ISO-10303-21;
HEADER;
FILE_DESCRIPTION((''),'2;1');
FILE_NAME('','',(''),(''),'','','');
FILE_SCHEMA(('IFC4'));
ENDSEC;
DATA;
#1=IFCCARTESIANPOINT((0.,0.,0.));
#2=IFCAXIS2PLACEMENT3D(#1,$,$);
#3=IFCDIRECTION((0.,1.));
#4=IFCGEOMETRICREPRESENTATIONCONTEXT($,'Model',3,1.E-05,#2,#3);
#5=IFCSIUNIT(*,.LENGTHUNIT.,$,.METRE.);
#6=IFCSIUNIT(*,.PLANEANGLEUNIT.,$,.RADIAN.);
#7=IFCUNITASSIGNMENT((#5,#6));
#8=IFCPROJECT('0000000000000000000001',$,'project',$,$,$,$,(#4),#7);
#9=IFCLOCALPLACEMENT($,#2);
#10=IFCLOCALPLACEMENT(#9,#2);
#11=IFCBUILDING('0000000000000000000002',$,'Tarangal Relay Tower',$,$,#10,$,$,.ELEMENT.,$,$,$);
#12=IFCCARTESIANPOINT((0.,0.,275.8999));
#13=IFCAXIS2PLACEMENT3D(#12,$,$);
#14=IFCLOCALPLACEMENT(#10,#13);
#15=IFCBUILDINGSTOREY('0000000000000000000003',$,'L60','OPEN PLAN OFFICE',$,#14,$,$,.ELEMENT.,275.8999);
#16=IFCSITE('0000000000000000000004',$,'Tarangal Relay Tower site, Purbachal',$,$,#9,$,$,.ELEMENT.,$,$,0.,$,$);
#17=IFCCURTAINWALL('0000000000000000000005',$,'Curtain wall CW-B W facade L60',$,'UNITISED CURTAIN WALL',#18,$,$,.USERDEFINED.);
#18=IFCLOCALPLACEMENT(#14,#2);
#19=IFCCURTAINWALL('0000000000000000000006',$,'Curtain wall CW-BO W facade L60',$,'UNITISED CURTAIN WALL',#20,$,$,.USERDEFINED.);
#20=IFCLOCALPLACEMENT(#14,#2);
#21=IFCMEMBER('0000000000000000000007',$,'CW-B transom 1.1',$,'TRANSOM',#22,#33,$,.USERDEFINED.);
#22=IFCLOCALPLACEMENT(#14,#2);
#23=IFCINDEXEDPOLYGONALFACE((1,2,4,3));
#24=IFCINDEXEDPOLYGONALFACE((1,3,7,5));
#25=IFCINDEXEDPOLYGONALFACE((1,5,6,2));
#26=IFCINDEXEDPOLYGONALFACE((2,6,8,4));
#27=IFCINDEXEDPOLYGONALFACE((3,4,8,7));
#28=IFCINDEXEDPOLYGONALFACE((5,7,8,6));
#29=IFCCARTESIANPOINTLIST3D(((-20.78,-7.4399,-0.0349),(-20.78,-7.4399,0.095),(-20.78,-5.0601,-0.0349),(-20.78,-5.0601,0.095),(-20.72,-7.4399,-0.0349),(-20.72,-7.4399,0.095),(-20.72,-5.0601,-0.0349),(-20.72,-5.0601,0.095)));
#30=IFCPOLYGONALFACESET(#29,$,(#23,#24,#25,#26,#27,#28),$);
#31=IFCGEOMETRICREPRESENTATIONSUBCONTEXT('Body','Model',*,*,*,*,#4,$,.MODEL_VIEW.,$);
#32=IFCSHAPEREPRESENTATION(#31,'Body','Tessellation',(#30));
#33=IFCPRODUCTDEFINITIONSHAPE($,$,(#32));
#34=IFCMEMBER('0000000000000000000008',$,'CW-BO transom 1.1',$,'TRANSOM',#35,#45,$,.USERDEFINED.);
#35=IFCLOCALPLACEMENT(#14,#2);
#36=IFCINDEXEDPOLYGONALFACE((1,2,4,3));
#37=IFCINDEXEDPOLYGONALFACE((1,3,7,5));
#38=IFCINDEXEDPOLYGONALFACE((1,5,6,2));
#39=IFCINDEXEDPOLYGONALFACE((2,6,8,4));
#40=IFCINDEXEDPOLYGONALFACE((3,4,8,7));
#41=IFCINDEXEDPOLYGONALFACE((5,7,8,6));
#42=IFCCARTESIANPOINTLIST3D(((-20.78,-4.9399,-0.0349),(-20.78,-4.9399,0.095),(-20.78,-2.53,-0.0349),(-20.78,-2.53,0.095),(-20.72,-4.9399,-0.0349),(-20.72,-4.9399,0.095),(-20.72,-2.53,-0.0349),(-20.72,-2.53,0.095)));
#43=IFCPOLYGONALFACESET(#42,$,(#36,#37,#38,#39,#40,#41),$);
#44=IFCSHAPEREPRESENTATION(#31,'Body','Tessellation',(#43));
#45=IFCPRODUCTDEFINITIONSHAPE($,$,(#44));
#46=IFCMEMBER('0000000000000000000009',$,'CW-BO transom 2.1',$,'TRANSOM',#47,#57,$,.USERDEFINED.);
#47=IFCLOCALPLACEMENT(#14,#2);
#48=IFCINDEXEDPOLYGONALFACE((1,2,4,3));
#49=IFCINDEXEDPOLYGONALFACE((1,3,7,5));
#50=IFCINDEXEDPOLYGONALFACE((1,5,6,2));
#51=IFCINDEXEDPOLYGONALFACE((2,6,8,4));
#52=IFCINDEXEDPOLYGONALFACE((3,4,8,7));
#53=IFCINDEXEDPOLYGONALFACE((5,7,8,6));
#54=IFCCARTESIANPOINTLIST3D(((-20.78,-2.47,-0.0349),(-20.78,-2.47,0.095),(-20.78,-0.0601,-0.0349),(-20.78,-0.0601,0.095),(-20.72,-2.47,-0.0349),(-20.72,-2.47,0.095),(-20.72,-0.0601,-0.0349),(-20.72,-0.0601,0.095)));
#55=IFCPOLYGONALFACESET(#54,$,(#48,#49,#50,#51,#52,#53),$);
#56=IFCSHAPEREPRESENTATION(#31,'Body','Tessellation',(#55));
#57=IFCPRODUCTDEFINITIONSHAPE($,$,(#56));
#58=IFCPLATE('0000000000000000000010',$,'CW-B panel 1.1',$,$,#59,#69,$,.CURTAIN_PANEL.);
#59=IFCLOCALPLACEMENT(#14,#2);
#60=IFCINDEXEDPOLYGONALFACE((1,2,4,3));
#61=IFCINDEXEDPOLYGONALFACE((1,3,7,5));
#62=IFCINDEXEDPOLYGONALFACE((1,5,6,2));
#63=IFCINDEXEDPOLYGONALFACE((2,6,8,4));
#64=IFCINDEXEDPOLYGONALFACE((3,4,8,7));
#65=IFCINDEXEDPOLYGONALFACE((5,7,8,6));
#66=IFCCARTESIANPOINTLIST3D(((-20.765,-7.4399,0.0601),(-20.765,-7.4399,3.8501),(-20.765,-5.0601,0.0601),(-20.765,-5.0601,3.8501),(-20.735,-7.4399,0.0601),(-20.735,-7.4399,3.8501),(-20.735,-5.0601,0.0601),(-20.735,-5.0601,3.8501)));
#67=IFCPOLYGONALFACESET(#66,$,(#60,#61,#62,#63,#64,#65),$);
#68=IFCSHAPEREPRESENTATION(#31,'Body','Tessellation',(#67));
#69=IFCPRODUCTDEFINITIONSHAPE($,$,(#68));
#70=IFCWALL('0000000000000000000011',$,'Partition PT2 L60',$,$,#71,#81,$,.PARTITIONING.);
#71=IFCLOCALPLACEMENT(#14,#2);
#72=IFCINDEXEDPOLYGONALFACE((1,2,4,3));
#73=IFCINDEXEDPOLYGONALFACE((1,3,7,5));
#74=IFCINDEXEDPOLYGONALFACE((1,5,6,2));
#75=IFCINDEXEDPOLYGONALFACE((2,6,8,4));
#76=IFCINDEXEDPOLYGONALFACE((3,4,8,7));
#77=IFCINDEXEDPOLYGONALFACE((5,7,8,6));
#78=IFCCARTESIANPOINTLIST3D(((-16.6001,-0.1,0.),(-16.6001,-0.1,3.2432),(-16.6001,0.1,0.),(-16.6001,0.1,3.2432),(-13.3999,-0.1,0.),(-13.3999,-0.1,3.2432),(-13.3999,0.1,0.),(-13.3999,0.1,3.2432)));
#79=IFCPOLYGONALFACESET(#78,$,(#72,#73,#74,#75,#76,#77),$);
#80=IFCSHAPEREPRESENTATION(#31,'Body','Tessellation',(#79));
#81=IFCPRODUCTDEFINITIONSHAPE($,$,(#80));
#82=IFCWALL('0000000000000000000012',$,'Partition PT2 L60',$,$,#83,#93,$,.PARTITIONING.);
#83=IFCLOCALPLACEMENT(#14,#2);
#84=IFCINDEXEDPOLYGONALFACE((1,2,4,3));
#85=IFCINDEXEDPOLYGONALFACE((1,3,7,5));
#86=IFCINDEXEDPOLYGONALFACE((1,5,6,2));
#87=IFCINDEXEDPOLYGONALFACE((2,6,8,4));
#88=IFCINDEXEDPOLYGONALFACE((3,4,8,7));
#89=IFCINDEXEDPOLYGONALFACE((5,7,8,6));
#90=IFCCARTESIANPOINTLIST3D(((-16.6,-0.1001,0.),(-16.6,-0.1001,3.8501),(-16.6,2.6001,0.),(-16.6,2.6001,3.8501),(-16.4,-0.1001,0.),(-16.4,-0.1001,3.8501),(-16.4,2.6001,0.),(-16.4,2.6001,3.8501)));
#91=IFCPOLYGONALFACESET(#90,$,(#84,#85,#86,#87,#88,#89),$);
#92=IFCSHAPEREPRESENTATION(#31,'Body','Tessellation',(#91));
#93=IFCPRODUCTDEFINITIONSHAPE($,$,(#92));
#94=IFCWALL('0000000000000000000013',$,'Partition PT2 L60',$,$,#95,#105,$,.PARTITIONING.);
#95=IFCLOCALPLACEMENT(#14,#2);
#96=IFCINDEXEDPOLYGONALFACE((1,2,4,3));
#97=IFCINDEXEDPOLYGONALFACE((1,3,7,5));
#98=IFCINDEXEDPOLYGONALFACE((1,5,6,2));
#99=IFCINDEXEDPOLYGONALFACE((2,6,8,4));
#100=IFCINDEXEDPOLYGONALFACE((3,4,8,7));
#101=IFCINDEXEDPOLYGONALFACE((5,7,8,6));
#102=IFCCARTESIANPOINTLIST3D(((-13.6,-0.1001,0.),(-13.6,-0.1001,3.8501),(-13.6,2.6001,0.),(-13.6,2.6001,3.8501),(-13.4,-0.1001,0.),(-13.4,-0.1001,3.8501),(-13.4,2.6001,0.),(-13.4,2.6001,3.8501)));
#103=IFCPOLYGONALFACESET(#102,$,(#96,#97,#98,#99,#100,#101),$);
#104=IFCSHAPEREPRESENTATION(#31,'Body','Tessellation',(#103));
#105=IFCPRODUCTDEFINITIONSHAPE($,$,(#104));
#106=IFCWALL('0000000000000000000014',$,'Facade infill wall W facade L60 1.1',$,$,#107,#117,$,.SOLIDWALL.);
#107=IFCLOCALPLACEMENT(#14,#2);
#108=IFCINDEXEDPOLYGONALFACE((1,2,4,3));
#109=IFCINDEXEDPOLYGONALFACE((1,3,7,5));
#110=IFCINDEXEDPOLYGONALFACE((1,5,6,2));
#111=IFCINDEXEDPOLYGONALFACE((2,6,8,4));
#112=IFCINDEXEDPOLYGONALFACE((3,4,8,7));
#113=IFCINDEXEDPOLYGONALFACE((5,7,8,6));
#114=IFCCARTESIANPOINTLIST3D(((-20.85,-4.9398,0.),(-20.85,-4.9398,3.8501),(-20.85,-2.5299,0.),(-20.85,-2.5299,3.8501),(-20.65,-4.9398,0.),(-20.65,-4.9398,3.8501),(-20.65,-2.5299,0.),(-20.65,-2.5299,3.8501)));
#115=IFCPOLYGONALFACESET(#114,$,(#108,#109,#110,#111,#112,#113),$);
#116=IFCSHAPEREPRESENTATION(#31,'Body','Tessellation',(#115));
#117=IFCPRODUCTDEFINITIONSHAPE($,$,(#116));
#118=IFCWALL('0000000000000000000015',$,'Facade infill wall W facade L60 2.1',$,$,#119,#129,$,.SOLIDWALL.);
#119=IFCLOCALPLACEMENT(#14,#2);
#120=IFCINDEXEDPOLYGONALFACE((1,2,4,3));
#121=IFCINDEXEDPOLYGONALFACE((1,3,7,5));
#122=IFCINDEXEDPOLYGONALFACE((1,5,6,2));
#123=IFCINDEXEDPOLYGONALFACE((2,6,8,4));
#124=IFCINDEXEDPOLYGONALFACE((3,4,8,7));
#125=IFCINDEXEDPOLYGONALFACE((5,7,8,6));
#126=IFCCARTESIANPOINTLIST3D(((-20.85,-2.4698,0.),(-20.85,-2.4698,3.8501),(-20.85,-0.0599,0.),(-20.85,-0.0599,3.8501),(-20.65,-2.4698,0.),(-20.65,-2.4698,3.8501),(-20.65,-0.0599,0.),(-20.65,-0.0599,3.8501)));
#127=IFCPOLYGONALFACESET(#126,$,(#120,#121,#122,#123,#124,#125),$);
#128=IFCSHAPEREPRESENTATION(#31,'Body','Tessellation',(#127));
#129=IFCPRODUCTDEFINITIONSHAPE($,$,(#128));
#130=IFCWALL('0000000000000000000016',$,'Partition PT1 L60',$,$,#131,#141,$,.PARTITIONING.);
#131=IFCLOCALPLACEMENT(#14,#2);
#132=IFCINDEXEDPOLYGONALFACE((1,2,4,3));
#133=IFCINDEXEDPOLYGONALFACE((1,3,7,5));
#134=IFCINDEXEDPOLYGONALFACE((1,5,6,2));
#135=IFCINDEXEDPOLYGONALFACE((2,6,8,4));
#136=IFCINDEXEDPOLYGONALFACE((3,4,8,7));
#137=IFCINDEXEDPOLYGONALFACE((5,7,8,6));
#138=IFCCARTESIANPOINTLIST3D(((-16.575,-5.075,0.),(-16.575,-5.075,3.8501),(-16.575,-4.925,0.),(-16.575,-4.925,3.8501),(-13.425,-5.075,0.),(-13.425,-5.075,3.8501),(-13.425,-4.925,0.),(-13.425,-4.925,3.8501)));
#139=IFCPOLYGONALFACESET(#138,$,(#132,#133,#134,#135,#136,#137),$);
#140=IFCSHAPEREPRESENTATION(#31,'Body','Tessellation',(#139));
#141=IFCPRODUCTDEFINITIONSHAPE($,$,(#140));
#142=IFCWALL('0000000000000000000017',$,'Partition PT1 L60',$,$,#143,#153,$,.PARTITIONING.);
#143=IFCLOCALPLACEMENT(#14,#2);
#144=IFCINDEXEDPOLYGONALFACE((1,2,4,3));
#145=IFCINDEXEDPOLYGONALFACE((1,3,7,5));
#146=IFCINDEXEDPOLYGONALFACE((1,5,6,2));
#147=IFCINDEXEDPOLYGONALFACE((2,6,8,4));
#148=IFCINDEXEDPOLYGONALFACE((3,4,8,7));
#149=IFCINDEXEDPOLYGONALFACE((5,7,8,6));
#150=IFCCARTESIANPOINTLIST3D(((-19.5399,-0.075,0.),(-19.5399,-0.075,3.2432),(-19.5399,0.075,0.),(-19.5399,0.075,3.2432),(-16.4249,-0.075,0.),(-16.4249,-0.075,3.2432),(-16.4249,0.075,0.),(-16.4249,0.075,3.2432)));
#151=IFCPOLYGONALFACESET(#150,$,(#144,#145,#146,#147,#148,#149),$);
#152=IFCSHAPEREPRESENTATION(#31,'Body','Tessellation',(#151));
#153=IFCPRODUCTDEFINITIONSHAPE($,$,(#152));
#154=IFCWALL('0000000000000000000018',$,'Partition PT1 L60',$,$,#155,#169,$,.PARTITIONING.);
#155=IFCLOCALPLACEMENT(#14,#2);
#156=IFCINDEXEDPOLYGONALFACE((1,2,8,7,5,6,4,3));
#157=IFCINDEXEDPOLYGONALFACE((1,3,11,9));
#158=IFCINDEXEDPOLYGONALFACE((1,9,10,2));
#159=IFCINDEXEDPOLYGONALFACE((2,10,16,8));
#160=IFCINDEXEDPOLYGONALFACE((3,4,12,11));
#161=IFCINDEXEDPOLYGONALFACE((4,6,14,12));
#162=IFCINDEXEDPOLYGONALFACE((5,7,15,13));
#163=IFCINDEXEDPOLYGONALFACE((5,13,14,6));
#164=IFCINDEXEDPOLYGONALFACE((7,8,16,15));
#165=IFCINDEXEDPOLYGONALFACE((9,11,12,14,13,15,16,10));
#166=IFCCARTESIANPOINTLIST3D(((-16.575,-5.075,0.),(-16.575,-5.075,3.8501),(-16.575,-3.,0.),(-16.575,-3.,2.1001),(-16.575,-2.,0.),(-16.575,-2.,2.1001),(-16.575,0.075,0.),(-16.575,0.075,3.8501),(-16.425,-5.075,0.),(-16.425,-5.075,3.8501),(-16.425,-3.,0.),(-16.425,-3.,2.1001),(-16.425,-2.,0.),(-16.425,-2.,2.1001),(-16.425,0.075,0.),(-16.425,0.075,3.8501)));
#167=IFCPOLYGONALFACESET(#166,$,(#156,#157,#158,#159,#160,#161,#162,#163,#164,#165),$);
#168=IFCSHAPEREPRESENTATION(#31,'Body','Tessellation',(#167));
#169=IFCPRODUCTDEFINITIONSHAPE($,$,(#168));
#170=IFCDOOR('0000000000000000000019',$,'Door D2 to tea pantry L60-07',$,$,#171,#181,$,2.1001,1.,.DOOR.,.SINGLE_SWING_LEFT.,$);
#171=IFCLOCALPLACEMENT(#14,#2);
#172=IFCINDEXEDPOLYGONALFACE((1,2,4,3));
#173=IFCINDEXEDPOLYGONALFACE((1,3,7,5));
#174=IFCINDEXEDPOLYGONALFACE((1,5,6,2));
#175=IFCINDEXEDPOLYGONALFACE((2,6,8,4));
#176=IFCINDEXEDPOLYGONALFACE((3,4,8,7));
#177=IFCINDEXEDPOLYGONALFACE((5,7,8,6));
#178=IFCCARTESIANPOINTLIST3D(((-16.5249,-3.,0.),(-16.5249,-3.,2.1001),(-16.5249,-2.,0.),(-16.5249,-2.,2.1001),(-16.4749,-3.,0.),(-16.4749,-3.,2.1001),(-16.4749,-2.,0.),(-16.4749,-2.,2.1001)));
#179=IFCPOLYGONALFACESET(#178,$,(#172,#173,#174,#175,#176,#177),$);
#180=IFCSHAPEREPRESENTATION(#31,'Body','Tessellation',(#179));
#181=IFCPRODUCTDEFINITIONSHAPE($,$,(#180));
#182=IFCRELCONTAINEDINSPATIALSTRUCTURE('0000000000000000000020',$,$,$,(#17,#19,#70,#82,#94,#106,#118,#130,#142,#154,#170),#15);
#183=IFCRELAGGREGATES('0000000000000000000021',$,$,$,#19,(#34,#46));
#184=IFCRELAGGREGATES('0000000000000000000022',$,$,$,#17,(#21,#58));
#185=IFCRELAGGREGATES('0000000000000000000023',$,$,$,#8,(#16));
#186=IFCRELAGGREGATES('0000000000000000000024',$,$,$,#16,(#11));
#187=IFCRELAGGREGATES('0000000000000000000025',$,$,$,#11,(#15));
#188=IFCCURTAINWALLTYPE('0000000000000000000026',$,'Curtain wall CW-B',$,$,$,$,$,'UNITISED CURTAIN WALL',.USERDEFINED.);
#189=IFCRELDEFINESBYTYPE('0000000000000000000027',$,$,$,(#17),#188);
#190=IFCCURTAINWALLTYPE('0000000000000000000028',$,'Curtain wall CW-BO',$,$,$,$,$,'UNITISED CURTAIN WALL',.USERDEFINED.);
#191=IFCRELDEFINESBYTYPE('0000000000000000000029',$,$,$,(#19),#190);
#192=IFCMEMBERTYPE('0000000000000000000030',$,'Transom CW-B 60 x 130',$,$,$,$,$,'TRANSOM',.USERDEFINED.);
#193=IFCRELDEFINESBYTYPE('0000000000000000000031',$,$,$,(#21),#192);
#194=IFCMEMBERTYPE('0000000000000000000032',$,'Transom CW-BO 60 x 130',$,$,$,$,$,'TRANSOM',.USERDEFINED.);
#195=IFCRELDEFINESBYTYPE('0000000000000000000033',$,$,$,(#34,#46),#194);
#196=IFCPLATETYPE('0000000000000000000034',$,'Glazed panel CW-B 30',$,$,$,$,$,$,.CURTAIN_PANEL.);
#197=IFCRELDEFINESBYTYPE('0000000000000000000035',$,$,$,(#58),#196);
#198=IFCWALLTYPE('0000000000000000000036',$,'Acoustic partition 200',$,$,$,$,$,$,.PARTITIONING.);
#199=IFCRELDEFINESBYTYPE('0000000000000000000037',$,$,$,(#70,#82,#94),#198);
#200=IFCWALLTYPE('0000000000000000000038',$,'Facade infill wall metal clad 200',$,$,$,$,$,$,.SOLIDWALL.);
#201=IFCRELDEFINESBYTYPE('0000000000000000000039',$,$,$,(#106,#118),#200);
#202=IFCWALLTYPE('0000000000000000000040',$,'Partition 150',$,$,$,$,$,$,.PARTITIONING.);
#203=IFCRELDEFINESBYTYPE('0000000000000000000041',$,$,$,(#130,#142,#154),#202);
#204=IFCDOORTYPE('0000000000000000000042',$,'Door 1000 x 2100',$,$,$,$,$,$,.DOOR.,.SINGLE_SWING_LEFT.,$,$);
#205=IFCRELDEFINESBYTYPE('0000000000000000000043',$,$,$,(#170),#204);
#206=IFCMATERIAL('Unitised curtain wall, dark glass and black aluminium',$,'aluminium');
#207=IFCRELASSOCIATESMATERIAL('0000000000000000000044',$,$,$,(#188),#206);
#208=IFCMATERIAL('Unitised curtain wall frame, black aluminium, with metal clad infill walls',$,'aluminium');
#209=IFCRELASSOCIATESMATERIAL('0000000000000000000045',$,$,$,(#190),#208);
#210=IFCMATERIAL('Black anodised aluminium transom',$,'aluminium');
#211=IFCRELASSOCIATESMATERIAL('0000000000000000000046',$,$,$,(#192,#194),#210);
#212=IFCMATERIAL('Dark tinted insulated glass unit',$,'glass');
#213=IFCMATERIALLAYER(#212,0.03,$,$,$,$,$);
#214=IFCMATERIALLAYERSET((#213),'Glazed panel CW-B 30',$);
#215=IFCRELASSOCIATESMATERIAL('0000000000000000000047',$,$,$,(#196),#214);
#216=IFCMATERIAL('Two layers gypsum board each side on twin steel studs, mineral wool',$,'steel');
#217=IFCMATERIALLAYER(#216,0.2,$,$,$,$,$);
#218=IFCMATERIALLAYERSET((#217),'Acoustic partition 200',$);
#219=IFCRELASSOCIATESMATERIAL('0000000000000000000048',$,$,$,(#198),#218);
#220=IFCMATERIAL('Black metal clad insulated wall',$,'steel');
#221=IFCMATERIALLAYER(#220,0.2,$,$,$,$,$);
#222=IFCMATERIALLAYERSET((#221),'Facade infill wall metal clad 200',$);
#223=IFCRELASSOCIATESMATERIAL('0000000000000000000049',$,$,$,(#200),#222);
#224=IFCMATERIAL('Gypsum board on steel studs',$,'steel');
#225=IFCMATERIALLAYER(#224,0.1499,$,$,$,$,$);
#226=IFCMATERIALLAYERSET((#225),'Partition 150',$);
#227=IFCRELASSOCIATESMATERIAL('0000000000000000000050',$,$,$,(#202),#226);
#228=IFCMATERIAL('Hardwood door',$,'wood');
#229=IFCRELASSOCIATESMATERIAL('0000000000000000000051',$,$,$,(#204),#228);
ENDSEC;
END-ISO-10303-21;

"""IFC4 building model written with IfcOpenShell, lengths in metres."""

from ifc_helpers import new_model, si_unit, direction, frame, frame_2d, origin, origin_2d, place, context, subcontext, project, spatial, rectangle, extrude, material, layer, layer_set, material_profile, profile_set, type_object, element, fill, aggregate, save


model = new_model("IFC4")

# Units and contexts
model_context = context("Model", 3, precision=1e-05, world=origin(), true_north=direction((0.0, 1.0)))
body_context = subcontext(model_context, "Body", "Model", "MODEL_VIEW")
ifc_project = project(units=[si_unit("LENGTHUNIT", "METRE"), si_unit("PLANEANGLEUNIT", "RADIAN")], contexts=[model_context])

# Site, building, storey
site_placement = place(None, origin())
site = spatial("IfcSite", under=ifc_project, at=site_placement, Name="Tarangal Relay Tower site, Purbachal", CompositionType="ELEMENT", RefElevation=0.0)
building_placement = place(site_placement, origin())
building = spatial("IfcBuilding", under=site, at=building_placement, Name="Tarangal Relay Tower", CompositionType="ELEMENT")
storey_placement = place(building_placement, frame((0.0, 0.0, 275.8999)))
storey = spatial("IfcBuildingStorey", under=building, at=storey_placement, Name="L60", Description="OPEN PLAN OFFICE", CompositionType="ELEMENT", Elevation=275.8999)

# Curtain walls
ifc_material_1 = material(Name="Unitised curtain wall, dark glass and black aluminium", Category="aluminium")
curtain_wall_type_1 = type_object("IfcCurtainWallType", Name="Curtain wall CW-B", ElementType="UNITISED CURTAIN WALL", PredefinedType="USERDEFINED", material=ifc_material_1)
curtain_wall_1_placement = place(storey_placement, origin())
curtain_wall_1 = element("IfcCurtainWall", 1, at=curtain_wall_1_placement, inside=storey, type_object=curtain_wall_type_1, Name="Curtain wall CW-B W facade L60", ObjectType="UNITISED CURTAIN WALL", PredefinedType="USERDEFINED")
ifc_material_2 = material(Name="Unitised curtain wall frame, black aluminium, with metal clad infill walls", Category="aluminium")
curtain_wall_type_2 = type_object("IfcCurtainWallType", Name="Curtain wall CW-BO", ElementType="UNITISED CURTAIN WALL", PredefinedType="USERDEFINED", material=ifc_material_2)
curtain_wall_2_placement = place(storey_placement, origin())
curtain_wall_2 = element("IfcCurtainWall", 2, at=curtain_wall_2_placement, inside=storey, type_object=curtain_wall_type_2, Name="Curtain wall CW-BO W facade L60", ObjectType="UNITISED CURTAIN WALL", PredefinedType="USERDEFINED")

# Members
ifc_material_3 = material(Name="Black anodised aluminium transom", Category="aluminium")
ifc_material_profile_1 = material_profile(ifc_material_3, rectangle(XDim=0.0601, YDim=0.1299, at=origin_2d()), Name="CW-BT 60X130")
ifc_profile_set_1 = profile_set([ifc_material_profile_1], Name="Black anodised aluminium transom")
member_type_1 = type_object("IfcMemberType", Name="Transom CW-B 60 x 130", ElementType="TRANSOM", PredefinedType="USERDEFINED", material=ifc_profile_set_1)
member_1_placement = place(storey_placement, frame((-20.75, -7.4399, 0.03), z_axis=(0.0, 1.0, 0.0), x_axis=(-1.0, 0.0, 0.0)))
member_1 = element("IfcMember", 3, at=member_1_placement, type_object=member_type_1, Name="CW-B transom 1.1", ObjectType="TRANSOM", PredefinedType="USERDEFINED", context=body_context, shape_type="SweptSolid", body=[
    extrude(rectangle(XDim=0.0601, YDim=0.1299, at=origin_2d()), origin(), (0.0, 0.0, 1.0), 2.3799),
])
ifc_material_profile_2 = material_profile(ifc_material_3, rectangle(XDim=0.0601, YDim=0.1299, at=origin_2d()), Name="CW-BOT 60X130")
ifc_profile_set_2 = profile_set([ifc_material_profile_2], Name="Black anodised aluminium transom")
member_type_2 = type_object("IfcMemberType", Name="Transom CW-BO 60 x 130", ElementType="TRANSOM", PredefinedType="USERDEFINED", material=ifc_profile_set_2)
member_2_placement = place(storey_placement, frame((-20.75, -4.9399, 0.03), z_axis=(0.0, 1.0, 0.0), x_axis=(-1.0, 0.0, 0.0)))
member_2 = element("IfcMember", 4, at=member_2_placement, type_object=member_type_2, Name="CW-BO transom 1.1", ObjectType="TRANSOM", PredefinedType="USERDEFINED", context=body_context, shape_type="SweptSolid", body=[
    extrude(rectangle(XDim=0.0601, YDim=0.1299, at=origin_2d()), origin(), (0.0, 0.0, 1.0), 2.4099),
])
member_3_placement = place(storey_placement, frame((-20.75, -2.47, 0.03), z_axis=(0.0, 1.0, 0.0), x_axis=(-1.0, 0.0, 0.0)))
member_3 = element("IfcMember", 5, at=member_3_placement, type_object=member_type_2, Name="CW-BO transom 2.1", ObjectType="TRANSOM", PredefinedType="USERDEFINED", context=body_context, shape_type="SweptSolid", body=[
    extrude(rectangle(XDim=0.0601, YDim=0.1299, at=origin_2d()), origin(), (0.0, 0.0, 1.0), 2.4099),
])
aggregate(curtain_wall_2, [member_2, member_3])

# Plate
ifc_material_4 = material(Name="Dark tinted insulated glass unit", Category="glass")
ifc_layer_1 = layer(ifc_material_4, 0.03)
ifc_layer_set_1 = layer_set([ifc_layer_1], Name="Glazed panel CW-B 30")
plate_type = type_object("IfcPlateType", Name="Glazed panel CW-B 30", PredefinedType="CURTAIN_PANEL", material=ifc_layer_set_1)
plate_placement = place(storey_placement, frame((-20.75, -6.25, 0.0601), z_axis=(0.0, 0.0, 1.0), x_axis=(0.0, 1.0, 0.0)))
plate = element("IfcPlate", 6, at=plate_placement, type_object=plate_type, Name="CW-B panel 1.1", PredefinedType="CURTAIN_PANEL", context=body_context, shape_type="SweptSolid", body=[
    extrude(rectangle(XDim=2.3799, YDim=0.03, at=origin_2d()), origin(), (0.0, 0.0, 1.0), 3.79),
])
aggregate(curtain_wall_1, [member_1, plate])

# Walls
ifc_material_5 = material(Name="Two layers gypsum board each side on twin steel studs, mineral wool", Category="steel")
ifc_layer_2 = layer(ifc_material_5, 0.2)
ifc_layer_set_2 = layer_set([ifc_layer_2], Name="Acoustic partition 200")
wall_type_1 = type_object("IfcWallType", Name="Acoustic partition 200", PredefinedType="PARTITIONING", material=ifc_layer_set_2)
wall_1_placement = place(storey_placement, frame((-16.6001, 0.0, 0.0), z_axis=(0.0, 0.0, 1.0), x_axis=(1.0, 0.0, 0.0)))
element("IfcWall", 7, at=wall_1_placement, inside=storey, type_object=wall_type_1, Name="Partition PT2 L60", PredefinedType="PARTITIONING", context=body_context, shape_type="SweptSolid", body=[
    extrude(rectangle(XDim=3.2002, YDim=0.2, at=frame_2d((1.6001, 0.0))), origin(), (0.0, 0.0, 1.0), 3.2432),
])
for number, where, z_axis, x_axis, name in (
    (8, (-16.5, -0.1001, 0.0), (0.0, 0.0, 1.0), (0.0, 1.0, 0.0), "Partition PT2 L60"),
    (9, (-13.5, -0.1001, 0.0), (0.0, 0.0, 1.0), (0.0, 1.0, 0.0), "Partition PT2 L60"),
):
    element("IfcWall", number, at=place(storey_placement, frame(where, z_axis=z_axis, x_axis=x_axis)), inside=storey, type_object=wall_type_1, Name=name, PredefinedType="PARTITIONING", context=body_context, shape_type="SweptSolid", body=[
        extrude(rectangle(XDim=2.7002, YDim=0.2, at=frame_2d((1.3501, 0.0))), origin(), (0.0, 0.0, 1.0), 3.8501),
    ])
ifc_material_6 = material(Name="Black metal clad insulated wall", Category="steel")
ifc_layer_3 = layer(ifc_material_6, 0.2)
ifc_layer_set_3 = layer_set([ifc_layer_3], Name="Facade infill wall metal clad 200")
wall_type_2 = type_object("IfcWallType", Name="Facade infill wall metal clad 200", PredefinedType="SOLIDWALL", material=ifc_layer_set_3)
for number, where, z_axis, x_axis, name in (
    (10, (-20.75, -4.9399, 0.0), (0.0, 0.0, 1.0), (0.0, 1.0, 0.0), "Facade infill wall W facade L60 1.1"),
    (11, (-20.75, -2.47, 0.0), (0.0, 0.0, 1.0), (0.0, 1.0, 0.0), "Facade infill wall W facade L60 2.1"),
):
    element("IfcWall", number, at=place(storey_placement, frame(where, z_axis=z_axis, x_axis=x_axis)), inside=storey, type_object=wall_type_2, Name=name, PredefinedType="SOLIDWALL", context=body_context, shape_type="SweptSolid", body=[
        extrude(rectangle(XDim=2.4099, YDim=0.2, at=frame_2d((1.2051, 0.0))), origin(), (0.0, 0.0, 1.0), 3.8501),
    ])
ifc_material_7 = material(Name="Gypsum board on steel studs", Category="steel")
ifc_layer_4 = layer(ifc_material_7, 0.1499)
ifc_layer_set_4 = layer_set([ifc_layer_4], Name="Partition 150")
wall_type_3 = type_object("IfcWallType", Name="Partition 150", PredefinedType="PARTITIONING", material=ifc_layer_set_4)
wall_2_placement = place(storey_placement, frame((-16.575, -5.0, 0.0), z_axis=(0.0, 0.0, 1.0), x_axis=(1.0, 0.0, 0.0)))
element("IfcWall", 12, at=wall_2_placement, inside=storey, type_object=wall_type_3, Name="Partition PT1 L60", PredefinedType="PARTITIONING", context=body_context, shape_type="SweptSolid", body=[
    extrude(rectangle(XDim=3.1499, YDim=0.1499, at=frame_2d((1.575, 0.0))), origin(), (0.0, 0.0, 1.0), 3.8501),
])
wall_3_placement = place(storey_placement, frame((-19.54, 0.0, 0.0), z_axis=(0.0, 0.0, 1.0), x_axis=(1.0, 0.0, 0.0)))
element("IfcWall", 13, at=wall_3_placement, inside=storey, type_object=wall_type_3, Name="Partition PT1 L60", PredefinedType="PARTITIONING", context=body_context, shape_type="SweptSolid", body=[
    extrude(rectangle(XDim=3.115, YDim=0.1499, at=frame_2d((1.5576, 0.0))), origin(), (0.0, 0.0, 1.0), 3.2432),
])

# Wall, opening, door
wall_4_placement = place(storey_placement, frame((-16.5, -5.075, 0.0), z_axis=(0.0, 0.0, 1.0), x_axis=(0.0, 1.0, 0.0)))
wall_4 = element("IfcWall", 14, at=wall_4_placement, inside=storey, type_object=wall_type_3, Name="Partition PT1 L60", PredefinedType="PARTITIONING", context=body_context, shape_type="SweptSolid", body=[
    extrude(rectangle(XDim=5.1499, YDim=0.1499, at=frame_2d((2.575, 0.0))), origin(), (0.0, 0.0, 1.0), 3.8501),
])
opening_placement = place(wall_4_placement, frame((2.075, 0.0, 0.0)))
opening = element("IfcOpeningElement", 15, at=opening_placement, cuts=wall_4, PredefinedType="OPENING", context=body_context, shape_type="SweptSolid", body=[
    extrude(rectangle(XDim=1.0, YDim=2.1001, at=frame_2d((0.5, 1.05))), frame((0.0, 0.085, 0.0), z_axis=(0.0, -1.0, 0.0), x_axis=(1.0, 0.0, 0.0)), (0.0, 0.0, 1.0), 0.1699),
])
ifc_material_8 = material(Name="Hardwood door", Category="wood")
door_type = type_object("IfcDoorType", Name="Door 1000 x 2100", OperationType="SINGLE_SWING_LEFT", PredefinedType="DOOR", material=ifc_material_8)
door_placement = place(opening_placement, origin())
door = element("IfcDoor", 16, at=door_placement, inside=storey, type_object=door_type, Name="Door D2 to tea pantry L60-07", OperationType="SINGLE_SWING_LEFT", OverallHeight=2.1001, OverallWidth=1.0, PredefinedType="DOOR", context=body_context, shape_type="SweptSolid", body=[
    extrude(rectangle(XDim=1.0, YDim=2.1001, at=frame_2d((0.5, 1.05))), frame((0.0, 0.0249, 0.0), z_axis=(0.0, -1.0, 0.0), x_axis=(1.0, 0.0, 0.0)), (0.0, 0.0, 1.0), 0.05),
])
fill(opening, door)

save(model, "model.ifc")
